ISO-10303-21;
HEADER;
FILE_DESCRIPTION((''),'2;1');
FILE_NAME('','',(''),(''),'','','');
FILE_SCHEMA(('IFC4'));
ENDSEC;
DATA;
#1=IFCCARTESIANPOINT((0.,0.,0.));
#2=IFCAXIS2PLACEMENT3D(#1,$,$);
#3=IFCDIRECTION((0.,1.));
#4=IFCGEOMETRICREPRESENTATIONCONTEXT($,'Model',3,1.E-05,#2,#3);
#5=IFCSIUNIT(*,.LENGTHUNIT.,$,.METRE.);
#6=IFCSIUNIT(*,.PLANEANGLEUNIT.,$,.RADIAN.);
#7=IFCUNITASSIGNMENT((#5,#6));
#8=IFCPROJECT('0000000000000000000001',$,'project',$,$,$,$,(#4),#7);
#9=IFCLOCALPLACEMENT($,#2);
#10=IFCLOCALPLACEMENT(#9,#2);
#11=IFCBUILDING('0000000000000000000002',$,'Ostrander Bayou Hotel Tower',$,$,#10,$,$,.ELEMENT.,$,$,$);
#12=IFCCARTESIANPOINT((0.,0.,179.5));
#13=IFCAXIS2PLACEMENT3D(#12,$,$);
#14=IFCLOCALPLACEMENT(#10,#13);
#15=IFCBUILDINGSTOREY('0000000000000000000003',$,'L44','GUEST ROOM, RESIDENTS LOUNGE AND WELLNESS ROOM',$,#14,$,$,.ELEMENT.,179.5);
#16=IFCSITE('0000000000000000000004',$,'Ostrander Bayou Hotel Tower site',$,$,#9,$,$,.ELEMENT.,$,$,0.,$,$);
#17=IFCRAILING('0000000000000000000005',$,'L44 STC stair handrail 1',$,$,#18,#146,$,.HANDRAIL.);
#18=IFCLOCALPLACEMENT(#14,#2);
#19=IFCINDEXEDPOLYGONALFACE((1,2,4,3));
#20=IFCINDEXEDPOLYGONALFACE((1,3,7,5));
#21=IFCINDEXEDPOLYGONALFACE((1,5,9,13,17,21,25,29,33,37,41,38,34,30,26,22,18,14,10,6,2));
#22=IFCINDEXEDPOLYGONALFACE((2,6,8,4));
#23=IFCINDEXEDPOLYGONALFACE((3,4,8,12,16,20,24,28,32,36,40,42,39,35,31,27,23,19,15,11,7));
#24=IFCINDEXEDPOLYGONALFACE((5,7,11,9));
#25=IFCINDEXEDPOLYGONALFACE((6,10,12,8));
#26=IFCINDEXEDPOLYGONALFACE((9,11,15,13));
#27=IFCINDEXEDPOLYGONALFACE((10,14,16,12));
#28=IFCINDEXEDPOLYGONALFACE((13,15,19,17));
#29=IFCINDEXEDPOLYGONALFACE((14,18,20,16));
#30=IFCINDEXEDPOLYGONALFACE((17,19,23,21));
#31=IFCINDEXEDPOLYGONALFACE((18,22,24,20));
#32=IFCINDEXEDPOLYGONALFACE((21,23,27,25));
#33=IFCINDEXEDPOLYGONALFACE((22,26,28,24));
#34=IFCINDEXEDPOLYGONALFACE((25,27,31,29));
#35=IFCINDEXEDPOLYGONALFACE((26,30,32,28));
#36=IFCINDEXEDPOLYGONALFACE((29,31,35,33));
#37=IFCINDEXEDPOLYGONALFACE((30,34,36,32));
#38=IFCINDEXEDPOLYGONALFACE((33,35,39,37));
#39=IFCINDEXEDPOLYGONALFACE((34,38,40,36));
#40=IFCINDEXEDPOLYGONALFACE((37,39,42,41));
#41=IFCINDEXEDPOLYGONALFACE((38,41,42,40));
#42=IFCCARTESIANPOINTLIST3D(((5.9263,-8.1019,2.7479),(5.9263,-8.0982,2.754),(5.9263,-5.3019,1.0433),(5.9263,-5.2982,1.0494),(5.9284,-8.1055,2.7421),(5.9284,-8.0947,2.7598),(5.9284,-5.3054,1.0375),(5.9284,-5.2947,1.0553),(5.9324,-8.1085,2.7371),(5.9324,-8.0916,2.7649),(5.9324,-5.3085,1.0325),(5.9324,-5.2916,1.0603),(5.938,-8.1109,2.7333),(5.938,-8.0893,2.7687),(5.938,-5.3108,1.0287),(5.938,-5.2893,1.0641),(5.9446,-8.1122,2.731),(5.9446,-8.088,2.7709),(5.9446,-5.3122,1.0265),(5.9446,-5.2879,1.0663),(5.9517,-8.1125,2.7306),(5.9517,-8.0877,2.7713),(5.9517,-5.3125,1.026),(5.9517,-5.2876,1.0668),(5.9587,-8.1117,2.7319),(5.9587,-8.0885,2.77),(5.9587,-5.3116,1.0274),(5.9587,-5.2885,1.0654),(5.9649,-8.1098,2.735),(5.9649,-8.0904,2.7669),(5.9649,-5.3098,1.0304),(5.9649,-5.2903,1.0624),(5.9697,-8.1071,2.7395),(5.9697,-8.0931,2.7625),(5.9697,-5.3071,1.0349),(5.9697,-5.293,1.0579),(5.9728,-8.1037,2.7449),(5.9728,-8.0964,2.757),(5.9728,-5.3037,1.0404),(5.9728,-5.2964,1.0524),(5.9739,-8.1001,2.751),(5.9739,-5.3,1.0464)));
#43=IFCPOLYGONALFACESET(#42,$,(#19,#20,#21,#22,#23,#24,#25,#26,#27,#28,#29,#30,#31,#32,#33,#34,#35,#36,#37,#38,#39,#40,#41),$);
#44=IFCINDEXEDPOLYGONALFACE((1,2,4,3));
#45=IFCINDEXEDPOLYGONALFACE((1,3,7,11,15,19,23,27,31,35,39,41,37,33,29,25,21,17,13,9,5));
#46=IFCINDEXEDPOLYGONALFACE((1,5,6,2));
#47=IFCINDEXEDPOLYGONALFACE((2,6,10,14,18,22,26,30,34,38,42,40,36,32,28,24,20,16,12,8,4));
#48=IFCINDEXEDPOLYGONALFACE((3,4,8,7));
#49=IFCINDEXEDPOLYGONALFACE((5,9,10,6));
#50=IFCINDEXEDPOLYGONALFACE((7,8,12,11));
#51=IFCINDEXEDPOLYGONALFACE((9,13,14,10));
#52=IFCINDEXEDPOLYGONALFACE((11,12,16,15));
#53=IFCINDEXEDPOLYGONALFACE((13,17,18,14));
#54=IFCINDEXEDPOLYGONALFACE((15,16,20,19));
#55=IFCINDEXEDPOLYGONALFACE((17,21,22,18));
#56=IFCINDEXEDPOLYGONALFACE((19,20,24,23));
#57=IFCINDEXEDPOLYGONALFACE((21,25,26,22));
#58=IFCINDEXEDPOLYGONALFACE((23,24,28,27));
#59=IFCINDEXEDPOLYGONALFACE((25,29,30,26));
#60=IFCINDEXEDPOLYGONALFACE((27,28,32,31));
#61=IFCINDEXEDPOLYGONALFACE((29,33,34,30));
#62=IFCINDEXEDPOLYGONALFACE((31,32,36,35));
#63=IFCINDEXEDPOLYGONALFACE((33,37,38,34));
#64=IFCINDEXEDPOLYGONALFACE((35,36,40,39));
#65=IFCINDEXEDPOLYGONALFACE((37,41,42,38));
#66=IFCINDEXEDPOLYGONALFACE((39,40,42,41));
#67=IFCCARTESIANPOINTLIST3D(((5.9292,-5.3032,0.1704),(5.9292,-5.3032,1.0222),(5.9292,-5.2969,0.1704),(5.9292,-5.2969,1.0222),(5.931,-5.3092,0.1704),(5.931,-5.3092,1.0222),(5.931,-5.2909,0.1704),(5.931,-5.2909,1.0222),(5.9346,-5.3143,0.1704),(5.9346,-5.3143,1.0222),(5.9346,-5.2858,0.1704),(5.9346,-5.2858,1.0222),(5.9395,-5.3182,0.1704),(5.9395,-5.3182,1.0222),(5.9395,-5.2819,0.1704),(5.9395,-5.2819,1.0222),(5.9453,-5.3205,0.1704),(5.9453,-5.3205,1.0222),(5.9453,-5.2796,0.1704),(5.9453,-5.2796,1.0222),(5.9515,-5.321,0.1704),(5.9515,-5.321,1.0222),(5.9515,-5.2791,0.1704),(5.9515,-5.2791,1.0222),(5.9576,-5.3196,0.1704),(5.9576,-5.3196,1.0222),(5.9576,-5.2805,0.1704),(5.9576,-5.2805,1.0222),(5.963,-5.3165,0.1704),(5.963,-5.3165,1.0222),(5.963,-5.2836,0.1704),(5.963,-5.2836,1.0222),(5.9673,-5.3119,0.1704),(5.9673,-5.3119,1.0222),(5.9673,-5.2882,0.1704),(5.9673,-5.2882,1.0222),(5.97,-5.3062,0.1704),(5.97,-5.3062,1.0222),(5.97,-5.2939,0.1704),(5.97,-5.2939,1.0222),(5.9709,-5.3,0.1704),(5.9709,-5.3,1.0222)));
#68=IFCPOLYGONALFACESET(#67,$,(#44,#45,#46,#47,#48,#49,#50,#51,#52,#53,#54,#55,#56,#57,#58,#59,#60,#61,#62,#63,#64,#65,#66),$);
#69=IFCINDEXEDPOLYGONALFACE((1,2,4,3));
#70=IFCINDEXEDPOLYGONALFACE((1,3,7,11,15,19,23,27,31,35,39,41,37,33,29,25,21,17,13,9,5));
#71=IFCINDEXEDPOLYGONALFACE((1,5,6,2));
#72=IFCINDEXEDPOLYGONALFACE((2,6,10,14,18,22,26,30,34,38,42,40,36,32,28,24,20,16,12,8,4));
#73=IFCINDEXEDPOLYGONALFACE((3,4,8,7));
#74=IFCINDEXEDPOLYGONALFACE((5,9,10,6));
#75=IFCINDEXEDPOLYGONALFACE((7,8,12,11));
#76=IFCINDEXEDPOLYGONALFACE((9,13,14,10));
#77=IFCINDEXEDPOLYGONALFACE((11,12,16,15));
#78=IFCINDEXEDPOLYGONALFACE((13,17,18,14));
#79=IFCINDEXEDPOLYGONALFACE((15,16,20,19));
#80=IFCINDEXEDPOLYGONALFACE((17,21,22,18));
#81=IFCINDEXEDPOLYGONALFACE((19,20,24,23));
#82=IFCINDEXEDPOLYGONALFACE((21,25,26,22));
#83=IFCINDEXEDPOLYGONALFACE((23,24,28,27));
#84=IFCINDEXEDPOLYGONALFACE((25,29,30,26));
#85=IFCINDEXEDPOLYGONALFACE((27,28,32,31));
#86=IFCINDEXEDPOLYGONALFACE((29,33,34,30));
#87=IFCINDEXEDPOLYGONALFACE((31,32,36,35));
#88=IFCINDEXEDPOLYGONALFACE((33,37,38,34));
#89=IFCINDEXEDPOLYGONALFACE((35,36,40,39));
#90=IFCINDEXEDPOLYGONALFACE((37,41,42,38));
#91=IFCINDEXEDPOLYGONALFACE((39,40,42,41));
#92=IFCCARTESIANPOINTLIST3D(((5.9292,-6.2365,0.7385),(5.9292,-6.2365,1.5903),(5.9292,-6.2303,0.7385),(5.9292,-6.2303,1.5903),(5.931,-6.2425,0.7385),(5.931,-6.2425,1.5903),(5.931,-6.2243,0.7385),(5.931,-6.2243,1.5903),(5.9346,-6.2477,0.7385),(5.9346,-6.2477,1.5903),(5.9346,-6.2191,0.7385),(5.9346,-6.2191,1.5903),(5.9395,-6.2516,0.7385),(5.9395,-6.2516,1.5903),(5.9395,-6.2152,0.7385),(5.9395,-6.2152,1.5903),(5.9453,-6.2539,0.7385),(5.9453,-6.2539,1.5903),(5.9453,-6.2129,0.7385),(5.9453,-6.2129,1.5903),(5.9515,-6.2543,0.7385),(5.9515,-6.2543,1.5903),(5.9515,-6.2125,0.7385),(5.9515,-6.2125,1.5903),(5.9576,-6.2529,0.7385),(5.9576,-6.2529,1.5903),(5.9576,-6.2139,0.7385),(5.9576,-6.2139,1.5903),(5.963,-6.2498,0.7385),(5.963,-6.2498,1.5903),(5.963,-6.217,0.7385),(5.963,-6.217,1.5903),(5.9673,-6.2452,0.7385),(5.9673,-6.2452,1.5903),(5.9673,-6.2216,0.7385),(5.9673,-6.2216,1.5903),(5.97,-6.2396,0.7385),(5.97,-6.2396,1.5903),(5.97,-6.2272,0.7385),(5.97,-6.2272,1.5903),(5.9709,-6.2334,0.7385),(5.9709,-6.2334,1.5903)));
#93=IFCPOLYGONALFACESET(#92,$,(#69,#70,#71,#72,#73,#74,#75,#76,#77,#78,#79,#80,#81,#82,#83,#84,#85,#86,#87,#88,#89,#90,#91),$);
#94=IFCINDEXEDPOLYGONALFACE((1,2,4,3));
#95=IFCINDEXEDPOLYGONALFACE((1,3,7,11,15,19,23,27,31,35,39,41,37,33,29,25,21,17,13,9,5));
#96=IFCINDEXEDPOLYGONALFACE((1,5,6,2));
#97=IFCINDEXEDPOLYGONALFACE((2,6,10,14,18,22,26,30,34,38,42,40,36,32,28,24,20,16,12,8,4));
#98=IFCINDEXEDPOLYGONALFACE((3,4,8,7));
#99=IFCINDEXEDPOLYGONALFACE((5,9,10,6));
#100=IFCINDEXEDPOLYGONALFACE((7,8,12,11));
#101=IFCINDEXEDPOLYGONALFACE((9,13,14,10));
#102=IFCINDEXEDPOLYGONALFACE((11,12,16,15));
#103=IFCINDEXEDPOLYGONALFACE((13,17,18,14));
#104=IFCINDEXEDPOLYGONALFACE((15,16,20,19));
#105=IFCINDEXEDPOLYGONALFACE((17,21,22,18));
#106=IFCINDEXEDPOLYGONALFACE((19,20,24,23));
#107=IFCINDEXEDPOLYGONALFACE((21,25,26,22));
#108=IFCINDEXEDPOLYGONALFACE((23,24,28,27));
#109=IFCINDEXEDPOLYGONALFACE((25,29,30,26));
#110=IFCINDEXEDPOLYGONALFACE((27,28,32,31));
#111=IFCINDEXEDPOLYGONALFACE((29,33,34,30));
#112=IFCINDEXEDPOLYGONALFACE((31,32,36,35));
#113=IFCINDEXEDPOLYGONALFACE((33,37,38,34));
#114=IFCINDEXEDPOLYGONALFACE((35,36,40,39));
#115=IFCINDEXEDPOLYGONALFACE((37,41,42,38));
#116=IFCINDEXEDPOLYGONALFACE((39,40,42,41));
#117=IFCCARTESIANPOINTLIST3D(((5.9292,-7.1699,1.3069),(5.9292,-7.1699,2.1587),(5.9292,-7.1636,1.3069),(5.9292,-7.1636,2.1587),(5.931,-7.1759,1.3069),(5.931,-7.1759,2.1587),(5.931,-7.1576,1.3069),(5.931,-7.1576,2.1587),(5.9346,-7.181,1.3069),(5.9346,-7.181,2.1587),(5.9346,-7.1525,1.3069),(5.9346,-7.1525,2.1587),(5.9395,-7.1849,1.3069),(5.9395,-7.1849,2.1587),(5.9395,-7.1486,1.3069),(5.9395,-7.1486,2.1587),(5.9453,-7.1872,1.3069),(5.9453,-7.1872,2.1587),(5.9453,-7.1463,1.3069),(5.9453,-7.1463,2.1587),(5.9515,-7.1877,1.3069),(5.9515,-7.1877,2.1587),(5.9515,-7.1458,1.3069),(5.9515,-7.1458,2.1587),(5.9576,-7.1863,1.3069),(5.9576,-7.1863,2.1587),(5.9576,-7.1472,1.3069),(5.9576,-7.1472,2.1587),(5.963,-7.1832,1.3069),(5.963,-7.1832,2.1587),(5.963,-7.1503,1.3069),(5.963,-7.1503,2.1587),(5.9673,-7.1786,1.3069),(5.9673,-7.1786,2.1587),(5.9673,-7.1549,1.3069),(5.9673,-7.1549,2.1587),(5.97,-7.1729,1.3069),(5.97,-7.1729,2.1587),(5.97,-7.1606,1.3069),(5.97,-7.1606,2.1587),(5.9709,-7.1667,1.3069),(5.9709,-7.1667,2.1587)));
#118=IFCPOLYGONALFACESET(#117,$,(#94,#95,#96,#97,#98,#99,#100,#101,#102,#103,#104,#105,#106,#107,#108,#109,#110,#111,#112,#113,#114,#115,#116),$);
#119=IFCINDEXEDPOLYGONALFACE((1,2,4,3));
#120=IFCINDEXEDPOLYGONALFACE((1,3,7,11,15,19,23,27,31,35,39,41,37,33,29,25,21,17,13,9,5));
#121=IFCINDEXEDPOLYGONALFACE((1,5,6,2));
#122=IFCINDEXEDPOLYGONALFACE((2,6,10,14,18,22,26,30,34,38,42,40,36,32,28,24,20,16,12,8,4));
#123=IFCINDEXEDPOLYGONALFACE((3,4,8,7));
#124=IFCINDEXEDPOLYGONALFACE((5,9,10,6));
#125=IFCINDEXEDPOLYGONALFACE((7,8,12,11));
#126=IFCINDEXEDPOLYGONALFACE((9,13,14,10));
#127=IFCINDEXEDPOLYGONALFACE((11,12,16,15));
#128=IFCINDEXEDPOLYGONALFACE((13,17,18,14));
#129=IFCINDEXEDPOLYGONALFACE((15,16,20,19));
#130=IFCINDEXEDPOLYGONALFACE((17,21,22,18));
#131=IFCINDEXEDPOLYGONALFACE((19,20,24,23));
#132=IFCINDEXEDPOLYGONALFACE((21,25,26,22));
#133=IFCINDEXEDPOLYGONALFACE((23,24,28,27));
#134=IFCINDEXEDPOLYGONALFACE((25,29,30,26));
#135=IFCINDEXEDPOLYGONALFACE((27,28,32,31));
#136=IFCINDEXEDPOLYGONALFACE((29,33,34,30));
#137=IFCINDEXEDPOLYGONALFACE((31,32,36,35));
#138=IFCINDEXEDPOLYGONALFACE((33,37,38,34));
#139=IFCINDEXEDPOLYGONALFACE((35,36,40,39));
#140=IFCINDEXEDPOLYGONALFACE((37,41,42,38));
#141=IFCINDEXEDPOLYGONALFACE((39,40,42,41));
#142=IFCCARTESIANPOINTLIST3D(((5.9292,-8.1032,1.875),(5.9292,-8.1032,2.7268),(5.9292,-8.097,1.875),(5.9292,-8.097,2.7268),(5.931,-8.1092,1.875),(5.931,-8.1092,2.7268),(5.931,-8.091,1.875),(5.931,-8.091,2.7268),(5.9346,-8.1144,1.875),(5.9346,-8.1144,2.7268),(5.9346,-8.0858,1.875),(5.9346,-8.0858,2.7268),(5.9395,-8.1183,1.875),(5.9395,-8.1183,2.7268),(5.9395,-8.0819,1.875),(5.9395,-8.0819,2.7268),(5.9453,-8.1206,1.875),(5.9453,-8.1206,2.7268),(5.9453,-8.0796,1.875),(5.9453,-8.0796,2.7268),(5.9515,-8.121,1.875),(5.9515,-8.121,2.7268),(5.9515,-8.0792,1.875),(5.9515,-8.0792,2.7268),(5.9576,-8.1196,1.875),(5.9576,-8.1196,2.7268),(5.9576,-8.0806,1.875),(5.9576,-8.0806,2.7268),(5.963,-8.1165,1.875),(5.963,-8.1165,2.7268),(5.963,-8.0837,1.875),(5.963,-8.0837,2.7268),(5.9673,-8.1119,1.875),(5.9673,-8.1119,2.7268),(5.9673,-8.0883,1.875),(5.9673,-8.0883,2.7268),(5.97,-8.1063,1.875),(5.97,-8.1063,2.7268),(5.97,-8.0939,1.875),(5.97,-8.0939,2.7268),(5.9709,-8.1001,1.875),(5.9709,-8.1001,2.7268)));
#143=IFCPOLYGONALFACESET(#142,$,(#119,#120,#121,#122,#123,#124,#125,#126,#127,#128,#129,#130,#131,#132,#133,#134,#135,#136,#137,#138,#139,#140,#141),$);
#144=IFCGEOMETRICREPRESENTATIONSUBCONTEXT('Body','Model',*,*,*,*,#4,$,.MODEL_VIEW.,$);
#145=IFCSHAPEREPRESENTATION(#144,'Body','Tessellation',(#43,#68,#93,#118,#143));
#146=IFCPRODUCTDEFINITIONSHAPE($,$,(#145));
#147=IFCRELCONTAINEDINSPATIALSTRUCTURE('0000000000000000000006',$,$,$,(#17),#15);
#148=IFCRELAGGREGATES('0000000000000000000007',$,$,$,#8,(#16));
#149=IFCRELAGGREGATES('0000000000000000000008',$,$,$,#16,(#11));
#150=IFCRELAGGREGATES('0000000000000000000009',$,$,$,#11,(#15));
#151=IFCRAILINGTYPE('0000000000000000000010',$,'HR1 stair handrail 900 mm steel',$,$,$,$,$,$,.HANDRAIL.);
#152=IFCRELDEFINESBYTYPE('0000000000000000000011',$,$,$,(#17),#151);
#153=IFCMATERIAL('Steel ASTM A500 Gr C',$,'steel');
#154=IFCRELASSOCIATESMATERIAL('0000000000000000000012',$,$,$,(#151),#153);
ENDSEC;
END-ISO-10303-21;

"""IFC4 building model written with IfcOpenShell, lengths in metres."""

from ifc_helpers import new_model, si_unit, direction, frame, origin, origin_2d, place, context, subcontext, project, spatial, circle, extrude, material, type_object, element, save


model = new_model("IFC4")

# Units and contexts
model_context = context("Model", 3, precision=1e-05, world=origin(), true_north=direction((0.0, 1.0)))
body_context = subcontext(model_context, "Body", "Model", "MODEL_VIEW")
ifc_project = project(units=[si_unit("LENGTHUNIT", "METRE"), si_unit("PLANEANGLEUNIT", "RADIAN")], contexts=[model_context])

# Site, building, storey
site_placement = place(None, origin())
site = spatial("IfcSite", under=ifc_project, at=site_placement, Name="Ostrander Bayou Hotel Tower site", CompositionType="ELEMENT", RefElevation=0.0)
building_placement = place(site_placement, origin())
building = spatial("IfcBuilding", under=site, at=building_placement, Name="Ostrander Bayou Hotel Tower", CompositionType="ELEMENT")
storey_placement = place(building_placement, frame((0.0, 0.0, 179.5)))
storey = spatial("IfcBuildingStorey", under=building, at=storey_placement, Name="L44", Description="GUEST ROOM, RESIDENTS LOUNGE AND WELLNESS ROOM", CompositionType="ELEMENT", Elevation=179.5)

# Railing
ifc_material_1 = material(Name="Steel ASTM A500 Gr C", Category="steel")
railing_type_1 = type_object("IfcRailingType", Name="HR1 stair handrail 900 mm steel", PredefinedType="HANDRAIL", material=ifc_material_1)
railing_1_placement = place(storey_placement, frame((5.95, -5.3, 0.1704)))
element("IfcRailing", 1, at=railing_1_placement, inside=storey, type_object=railing_type_1, Name="L44 STC stair handrail 1", PredefinedType="HANDRAIL", context=body_context, shape_type="SweptSolid", body=[
    extrude(circle(Radius=0.0239, at=origin_2d()), frame((0.0, 0.0, 0.876), z_axis=(0.0, -0.85417, 0.519994), x_axis=(1.0, 0.0, 0.0)), (0.0, 0.0, 1.0), 3.2781),
    extrude(circle(Radius=0.021, at=origin_2d()), origin(), (0.0, 0.0, 1.0), 0.8518),
    extrude(circle(Radius=0.021, at=origin_2d()), frame((0.0, -0.9333, 0.5681)), (0.0, 0.0, 1.0), 0.8518),
    extrude(circle(Radius=0.021, at=origin_2d()), frame((0.0, -1.8667, 1.1365)), (0.0, 0.0, 1.0), 0.8518),
    extrude(circle(Radius=0.021, at=origin_2d()), frame((0.0, -2.8, 1.7046)), (0.0, 0.0, 1.0), 0.8518),
])

save(model, "model.ifc")
